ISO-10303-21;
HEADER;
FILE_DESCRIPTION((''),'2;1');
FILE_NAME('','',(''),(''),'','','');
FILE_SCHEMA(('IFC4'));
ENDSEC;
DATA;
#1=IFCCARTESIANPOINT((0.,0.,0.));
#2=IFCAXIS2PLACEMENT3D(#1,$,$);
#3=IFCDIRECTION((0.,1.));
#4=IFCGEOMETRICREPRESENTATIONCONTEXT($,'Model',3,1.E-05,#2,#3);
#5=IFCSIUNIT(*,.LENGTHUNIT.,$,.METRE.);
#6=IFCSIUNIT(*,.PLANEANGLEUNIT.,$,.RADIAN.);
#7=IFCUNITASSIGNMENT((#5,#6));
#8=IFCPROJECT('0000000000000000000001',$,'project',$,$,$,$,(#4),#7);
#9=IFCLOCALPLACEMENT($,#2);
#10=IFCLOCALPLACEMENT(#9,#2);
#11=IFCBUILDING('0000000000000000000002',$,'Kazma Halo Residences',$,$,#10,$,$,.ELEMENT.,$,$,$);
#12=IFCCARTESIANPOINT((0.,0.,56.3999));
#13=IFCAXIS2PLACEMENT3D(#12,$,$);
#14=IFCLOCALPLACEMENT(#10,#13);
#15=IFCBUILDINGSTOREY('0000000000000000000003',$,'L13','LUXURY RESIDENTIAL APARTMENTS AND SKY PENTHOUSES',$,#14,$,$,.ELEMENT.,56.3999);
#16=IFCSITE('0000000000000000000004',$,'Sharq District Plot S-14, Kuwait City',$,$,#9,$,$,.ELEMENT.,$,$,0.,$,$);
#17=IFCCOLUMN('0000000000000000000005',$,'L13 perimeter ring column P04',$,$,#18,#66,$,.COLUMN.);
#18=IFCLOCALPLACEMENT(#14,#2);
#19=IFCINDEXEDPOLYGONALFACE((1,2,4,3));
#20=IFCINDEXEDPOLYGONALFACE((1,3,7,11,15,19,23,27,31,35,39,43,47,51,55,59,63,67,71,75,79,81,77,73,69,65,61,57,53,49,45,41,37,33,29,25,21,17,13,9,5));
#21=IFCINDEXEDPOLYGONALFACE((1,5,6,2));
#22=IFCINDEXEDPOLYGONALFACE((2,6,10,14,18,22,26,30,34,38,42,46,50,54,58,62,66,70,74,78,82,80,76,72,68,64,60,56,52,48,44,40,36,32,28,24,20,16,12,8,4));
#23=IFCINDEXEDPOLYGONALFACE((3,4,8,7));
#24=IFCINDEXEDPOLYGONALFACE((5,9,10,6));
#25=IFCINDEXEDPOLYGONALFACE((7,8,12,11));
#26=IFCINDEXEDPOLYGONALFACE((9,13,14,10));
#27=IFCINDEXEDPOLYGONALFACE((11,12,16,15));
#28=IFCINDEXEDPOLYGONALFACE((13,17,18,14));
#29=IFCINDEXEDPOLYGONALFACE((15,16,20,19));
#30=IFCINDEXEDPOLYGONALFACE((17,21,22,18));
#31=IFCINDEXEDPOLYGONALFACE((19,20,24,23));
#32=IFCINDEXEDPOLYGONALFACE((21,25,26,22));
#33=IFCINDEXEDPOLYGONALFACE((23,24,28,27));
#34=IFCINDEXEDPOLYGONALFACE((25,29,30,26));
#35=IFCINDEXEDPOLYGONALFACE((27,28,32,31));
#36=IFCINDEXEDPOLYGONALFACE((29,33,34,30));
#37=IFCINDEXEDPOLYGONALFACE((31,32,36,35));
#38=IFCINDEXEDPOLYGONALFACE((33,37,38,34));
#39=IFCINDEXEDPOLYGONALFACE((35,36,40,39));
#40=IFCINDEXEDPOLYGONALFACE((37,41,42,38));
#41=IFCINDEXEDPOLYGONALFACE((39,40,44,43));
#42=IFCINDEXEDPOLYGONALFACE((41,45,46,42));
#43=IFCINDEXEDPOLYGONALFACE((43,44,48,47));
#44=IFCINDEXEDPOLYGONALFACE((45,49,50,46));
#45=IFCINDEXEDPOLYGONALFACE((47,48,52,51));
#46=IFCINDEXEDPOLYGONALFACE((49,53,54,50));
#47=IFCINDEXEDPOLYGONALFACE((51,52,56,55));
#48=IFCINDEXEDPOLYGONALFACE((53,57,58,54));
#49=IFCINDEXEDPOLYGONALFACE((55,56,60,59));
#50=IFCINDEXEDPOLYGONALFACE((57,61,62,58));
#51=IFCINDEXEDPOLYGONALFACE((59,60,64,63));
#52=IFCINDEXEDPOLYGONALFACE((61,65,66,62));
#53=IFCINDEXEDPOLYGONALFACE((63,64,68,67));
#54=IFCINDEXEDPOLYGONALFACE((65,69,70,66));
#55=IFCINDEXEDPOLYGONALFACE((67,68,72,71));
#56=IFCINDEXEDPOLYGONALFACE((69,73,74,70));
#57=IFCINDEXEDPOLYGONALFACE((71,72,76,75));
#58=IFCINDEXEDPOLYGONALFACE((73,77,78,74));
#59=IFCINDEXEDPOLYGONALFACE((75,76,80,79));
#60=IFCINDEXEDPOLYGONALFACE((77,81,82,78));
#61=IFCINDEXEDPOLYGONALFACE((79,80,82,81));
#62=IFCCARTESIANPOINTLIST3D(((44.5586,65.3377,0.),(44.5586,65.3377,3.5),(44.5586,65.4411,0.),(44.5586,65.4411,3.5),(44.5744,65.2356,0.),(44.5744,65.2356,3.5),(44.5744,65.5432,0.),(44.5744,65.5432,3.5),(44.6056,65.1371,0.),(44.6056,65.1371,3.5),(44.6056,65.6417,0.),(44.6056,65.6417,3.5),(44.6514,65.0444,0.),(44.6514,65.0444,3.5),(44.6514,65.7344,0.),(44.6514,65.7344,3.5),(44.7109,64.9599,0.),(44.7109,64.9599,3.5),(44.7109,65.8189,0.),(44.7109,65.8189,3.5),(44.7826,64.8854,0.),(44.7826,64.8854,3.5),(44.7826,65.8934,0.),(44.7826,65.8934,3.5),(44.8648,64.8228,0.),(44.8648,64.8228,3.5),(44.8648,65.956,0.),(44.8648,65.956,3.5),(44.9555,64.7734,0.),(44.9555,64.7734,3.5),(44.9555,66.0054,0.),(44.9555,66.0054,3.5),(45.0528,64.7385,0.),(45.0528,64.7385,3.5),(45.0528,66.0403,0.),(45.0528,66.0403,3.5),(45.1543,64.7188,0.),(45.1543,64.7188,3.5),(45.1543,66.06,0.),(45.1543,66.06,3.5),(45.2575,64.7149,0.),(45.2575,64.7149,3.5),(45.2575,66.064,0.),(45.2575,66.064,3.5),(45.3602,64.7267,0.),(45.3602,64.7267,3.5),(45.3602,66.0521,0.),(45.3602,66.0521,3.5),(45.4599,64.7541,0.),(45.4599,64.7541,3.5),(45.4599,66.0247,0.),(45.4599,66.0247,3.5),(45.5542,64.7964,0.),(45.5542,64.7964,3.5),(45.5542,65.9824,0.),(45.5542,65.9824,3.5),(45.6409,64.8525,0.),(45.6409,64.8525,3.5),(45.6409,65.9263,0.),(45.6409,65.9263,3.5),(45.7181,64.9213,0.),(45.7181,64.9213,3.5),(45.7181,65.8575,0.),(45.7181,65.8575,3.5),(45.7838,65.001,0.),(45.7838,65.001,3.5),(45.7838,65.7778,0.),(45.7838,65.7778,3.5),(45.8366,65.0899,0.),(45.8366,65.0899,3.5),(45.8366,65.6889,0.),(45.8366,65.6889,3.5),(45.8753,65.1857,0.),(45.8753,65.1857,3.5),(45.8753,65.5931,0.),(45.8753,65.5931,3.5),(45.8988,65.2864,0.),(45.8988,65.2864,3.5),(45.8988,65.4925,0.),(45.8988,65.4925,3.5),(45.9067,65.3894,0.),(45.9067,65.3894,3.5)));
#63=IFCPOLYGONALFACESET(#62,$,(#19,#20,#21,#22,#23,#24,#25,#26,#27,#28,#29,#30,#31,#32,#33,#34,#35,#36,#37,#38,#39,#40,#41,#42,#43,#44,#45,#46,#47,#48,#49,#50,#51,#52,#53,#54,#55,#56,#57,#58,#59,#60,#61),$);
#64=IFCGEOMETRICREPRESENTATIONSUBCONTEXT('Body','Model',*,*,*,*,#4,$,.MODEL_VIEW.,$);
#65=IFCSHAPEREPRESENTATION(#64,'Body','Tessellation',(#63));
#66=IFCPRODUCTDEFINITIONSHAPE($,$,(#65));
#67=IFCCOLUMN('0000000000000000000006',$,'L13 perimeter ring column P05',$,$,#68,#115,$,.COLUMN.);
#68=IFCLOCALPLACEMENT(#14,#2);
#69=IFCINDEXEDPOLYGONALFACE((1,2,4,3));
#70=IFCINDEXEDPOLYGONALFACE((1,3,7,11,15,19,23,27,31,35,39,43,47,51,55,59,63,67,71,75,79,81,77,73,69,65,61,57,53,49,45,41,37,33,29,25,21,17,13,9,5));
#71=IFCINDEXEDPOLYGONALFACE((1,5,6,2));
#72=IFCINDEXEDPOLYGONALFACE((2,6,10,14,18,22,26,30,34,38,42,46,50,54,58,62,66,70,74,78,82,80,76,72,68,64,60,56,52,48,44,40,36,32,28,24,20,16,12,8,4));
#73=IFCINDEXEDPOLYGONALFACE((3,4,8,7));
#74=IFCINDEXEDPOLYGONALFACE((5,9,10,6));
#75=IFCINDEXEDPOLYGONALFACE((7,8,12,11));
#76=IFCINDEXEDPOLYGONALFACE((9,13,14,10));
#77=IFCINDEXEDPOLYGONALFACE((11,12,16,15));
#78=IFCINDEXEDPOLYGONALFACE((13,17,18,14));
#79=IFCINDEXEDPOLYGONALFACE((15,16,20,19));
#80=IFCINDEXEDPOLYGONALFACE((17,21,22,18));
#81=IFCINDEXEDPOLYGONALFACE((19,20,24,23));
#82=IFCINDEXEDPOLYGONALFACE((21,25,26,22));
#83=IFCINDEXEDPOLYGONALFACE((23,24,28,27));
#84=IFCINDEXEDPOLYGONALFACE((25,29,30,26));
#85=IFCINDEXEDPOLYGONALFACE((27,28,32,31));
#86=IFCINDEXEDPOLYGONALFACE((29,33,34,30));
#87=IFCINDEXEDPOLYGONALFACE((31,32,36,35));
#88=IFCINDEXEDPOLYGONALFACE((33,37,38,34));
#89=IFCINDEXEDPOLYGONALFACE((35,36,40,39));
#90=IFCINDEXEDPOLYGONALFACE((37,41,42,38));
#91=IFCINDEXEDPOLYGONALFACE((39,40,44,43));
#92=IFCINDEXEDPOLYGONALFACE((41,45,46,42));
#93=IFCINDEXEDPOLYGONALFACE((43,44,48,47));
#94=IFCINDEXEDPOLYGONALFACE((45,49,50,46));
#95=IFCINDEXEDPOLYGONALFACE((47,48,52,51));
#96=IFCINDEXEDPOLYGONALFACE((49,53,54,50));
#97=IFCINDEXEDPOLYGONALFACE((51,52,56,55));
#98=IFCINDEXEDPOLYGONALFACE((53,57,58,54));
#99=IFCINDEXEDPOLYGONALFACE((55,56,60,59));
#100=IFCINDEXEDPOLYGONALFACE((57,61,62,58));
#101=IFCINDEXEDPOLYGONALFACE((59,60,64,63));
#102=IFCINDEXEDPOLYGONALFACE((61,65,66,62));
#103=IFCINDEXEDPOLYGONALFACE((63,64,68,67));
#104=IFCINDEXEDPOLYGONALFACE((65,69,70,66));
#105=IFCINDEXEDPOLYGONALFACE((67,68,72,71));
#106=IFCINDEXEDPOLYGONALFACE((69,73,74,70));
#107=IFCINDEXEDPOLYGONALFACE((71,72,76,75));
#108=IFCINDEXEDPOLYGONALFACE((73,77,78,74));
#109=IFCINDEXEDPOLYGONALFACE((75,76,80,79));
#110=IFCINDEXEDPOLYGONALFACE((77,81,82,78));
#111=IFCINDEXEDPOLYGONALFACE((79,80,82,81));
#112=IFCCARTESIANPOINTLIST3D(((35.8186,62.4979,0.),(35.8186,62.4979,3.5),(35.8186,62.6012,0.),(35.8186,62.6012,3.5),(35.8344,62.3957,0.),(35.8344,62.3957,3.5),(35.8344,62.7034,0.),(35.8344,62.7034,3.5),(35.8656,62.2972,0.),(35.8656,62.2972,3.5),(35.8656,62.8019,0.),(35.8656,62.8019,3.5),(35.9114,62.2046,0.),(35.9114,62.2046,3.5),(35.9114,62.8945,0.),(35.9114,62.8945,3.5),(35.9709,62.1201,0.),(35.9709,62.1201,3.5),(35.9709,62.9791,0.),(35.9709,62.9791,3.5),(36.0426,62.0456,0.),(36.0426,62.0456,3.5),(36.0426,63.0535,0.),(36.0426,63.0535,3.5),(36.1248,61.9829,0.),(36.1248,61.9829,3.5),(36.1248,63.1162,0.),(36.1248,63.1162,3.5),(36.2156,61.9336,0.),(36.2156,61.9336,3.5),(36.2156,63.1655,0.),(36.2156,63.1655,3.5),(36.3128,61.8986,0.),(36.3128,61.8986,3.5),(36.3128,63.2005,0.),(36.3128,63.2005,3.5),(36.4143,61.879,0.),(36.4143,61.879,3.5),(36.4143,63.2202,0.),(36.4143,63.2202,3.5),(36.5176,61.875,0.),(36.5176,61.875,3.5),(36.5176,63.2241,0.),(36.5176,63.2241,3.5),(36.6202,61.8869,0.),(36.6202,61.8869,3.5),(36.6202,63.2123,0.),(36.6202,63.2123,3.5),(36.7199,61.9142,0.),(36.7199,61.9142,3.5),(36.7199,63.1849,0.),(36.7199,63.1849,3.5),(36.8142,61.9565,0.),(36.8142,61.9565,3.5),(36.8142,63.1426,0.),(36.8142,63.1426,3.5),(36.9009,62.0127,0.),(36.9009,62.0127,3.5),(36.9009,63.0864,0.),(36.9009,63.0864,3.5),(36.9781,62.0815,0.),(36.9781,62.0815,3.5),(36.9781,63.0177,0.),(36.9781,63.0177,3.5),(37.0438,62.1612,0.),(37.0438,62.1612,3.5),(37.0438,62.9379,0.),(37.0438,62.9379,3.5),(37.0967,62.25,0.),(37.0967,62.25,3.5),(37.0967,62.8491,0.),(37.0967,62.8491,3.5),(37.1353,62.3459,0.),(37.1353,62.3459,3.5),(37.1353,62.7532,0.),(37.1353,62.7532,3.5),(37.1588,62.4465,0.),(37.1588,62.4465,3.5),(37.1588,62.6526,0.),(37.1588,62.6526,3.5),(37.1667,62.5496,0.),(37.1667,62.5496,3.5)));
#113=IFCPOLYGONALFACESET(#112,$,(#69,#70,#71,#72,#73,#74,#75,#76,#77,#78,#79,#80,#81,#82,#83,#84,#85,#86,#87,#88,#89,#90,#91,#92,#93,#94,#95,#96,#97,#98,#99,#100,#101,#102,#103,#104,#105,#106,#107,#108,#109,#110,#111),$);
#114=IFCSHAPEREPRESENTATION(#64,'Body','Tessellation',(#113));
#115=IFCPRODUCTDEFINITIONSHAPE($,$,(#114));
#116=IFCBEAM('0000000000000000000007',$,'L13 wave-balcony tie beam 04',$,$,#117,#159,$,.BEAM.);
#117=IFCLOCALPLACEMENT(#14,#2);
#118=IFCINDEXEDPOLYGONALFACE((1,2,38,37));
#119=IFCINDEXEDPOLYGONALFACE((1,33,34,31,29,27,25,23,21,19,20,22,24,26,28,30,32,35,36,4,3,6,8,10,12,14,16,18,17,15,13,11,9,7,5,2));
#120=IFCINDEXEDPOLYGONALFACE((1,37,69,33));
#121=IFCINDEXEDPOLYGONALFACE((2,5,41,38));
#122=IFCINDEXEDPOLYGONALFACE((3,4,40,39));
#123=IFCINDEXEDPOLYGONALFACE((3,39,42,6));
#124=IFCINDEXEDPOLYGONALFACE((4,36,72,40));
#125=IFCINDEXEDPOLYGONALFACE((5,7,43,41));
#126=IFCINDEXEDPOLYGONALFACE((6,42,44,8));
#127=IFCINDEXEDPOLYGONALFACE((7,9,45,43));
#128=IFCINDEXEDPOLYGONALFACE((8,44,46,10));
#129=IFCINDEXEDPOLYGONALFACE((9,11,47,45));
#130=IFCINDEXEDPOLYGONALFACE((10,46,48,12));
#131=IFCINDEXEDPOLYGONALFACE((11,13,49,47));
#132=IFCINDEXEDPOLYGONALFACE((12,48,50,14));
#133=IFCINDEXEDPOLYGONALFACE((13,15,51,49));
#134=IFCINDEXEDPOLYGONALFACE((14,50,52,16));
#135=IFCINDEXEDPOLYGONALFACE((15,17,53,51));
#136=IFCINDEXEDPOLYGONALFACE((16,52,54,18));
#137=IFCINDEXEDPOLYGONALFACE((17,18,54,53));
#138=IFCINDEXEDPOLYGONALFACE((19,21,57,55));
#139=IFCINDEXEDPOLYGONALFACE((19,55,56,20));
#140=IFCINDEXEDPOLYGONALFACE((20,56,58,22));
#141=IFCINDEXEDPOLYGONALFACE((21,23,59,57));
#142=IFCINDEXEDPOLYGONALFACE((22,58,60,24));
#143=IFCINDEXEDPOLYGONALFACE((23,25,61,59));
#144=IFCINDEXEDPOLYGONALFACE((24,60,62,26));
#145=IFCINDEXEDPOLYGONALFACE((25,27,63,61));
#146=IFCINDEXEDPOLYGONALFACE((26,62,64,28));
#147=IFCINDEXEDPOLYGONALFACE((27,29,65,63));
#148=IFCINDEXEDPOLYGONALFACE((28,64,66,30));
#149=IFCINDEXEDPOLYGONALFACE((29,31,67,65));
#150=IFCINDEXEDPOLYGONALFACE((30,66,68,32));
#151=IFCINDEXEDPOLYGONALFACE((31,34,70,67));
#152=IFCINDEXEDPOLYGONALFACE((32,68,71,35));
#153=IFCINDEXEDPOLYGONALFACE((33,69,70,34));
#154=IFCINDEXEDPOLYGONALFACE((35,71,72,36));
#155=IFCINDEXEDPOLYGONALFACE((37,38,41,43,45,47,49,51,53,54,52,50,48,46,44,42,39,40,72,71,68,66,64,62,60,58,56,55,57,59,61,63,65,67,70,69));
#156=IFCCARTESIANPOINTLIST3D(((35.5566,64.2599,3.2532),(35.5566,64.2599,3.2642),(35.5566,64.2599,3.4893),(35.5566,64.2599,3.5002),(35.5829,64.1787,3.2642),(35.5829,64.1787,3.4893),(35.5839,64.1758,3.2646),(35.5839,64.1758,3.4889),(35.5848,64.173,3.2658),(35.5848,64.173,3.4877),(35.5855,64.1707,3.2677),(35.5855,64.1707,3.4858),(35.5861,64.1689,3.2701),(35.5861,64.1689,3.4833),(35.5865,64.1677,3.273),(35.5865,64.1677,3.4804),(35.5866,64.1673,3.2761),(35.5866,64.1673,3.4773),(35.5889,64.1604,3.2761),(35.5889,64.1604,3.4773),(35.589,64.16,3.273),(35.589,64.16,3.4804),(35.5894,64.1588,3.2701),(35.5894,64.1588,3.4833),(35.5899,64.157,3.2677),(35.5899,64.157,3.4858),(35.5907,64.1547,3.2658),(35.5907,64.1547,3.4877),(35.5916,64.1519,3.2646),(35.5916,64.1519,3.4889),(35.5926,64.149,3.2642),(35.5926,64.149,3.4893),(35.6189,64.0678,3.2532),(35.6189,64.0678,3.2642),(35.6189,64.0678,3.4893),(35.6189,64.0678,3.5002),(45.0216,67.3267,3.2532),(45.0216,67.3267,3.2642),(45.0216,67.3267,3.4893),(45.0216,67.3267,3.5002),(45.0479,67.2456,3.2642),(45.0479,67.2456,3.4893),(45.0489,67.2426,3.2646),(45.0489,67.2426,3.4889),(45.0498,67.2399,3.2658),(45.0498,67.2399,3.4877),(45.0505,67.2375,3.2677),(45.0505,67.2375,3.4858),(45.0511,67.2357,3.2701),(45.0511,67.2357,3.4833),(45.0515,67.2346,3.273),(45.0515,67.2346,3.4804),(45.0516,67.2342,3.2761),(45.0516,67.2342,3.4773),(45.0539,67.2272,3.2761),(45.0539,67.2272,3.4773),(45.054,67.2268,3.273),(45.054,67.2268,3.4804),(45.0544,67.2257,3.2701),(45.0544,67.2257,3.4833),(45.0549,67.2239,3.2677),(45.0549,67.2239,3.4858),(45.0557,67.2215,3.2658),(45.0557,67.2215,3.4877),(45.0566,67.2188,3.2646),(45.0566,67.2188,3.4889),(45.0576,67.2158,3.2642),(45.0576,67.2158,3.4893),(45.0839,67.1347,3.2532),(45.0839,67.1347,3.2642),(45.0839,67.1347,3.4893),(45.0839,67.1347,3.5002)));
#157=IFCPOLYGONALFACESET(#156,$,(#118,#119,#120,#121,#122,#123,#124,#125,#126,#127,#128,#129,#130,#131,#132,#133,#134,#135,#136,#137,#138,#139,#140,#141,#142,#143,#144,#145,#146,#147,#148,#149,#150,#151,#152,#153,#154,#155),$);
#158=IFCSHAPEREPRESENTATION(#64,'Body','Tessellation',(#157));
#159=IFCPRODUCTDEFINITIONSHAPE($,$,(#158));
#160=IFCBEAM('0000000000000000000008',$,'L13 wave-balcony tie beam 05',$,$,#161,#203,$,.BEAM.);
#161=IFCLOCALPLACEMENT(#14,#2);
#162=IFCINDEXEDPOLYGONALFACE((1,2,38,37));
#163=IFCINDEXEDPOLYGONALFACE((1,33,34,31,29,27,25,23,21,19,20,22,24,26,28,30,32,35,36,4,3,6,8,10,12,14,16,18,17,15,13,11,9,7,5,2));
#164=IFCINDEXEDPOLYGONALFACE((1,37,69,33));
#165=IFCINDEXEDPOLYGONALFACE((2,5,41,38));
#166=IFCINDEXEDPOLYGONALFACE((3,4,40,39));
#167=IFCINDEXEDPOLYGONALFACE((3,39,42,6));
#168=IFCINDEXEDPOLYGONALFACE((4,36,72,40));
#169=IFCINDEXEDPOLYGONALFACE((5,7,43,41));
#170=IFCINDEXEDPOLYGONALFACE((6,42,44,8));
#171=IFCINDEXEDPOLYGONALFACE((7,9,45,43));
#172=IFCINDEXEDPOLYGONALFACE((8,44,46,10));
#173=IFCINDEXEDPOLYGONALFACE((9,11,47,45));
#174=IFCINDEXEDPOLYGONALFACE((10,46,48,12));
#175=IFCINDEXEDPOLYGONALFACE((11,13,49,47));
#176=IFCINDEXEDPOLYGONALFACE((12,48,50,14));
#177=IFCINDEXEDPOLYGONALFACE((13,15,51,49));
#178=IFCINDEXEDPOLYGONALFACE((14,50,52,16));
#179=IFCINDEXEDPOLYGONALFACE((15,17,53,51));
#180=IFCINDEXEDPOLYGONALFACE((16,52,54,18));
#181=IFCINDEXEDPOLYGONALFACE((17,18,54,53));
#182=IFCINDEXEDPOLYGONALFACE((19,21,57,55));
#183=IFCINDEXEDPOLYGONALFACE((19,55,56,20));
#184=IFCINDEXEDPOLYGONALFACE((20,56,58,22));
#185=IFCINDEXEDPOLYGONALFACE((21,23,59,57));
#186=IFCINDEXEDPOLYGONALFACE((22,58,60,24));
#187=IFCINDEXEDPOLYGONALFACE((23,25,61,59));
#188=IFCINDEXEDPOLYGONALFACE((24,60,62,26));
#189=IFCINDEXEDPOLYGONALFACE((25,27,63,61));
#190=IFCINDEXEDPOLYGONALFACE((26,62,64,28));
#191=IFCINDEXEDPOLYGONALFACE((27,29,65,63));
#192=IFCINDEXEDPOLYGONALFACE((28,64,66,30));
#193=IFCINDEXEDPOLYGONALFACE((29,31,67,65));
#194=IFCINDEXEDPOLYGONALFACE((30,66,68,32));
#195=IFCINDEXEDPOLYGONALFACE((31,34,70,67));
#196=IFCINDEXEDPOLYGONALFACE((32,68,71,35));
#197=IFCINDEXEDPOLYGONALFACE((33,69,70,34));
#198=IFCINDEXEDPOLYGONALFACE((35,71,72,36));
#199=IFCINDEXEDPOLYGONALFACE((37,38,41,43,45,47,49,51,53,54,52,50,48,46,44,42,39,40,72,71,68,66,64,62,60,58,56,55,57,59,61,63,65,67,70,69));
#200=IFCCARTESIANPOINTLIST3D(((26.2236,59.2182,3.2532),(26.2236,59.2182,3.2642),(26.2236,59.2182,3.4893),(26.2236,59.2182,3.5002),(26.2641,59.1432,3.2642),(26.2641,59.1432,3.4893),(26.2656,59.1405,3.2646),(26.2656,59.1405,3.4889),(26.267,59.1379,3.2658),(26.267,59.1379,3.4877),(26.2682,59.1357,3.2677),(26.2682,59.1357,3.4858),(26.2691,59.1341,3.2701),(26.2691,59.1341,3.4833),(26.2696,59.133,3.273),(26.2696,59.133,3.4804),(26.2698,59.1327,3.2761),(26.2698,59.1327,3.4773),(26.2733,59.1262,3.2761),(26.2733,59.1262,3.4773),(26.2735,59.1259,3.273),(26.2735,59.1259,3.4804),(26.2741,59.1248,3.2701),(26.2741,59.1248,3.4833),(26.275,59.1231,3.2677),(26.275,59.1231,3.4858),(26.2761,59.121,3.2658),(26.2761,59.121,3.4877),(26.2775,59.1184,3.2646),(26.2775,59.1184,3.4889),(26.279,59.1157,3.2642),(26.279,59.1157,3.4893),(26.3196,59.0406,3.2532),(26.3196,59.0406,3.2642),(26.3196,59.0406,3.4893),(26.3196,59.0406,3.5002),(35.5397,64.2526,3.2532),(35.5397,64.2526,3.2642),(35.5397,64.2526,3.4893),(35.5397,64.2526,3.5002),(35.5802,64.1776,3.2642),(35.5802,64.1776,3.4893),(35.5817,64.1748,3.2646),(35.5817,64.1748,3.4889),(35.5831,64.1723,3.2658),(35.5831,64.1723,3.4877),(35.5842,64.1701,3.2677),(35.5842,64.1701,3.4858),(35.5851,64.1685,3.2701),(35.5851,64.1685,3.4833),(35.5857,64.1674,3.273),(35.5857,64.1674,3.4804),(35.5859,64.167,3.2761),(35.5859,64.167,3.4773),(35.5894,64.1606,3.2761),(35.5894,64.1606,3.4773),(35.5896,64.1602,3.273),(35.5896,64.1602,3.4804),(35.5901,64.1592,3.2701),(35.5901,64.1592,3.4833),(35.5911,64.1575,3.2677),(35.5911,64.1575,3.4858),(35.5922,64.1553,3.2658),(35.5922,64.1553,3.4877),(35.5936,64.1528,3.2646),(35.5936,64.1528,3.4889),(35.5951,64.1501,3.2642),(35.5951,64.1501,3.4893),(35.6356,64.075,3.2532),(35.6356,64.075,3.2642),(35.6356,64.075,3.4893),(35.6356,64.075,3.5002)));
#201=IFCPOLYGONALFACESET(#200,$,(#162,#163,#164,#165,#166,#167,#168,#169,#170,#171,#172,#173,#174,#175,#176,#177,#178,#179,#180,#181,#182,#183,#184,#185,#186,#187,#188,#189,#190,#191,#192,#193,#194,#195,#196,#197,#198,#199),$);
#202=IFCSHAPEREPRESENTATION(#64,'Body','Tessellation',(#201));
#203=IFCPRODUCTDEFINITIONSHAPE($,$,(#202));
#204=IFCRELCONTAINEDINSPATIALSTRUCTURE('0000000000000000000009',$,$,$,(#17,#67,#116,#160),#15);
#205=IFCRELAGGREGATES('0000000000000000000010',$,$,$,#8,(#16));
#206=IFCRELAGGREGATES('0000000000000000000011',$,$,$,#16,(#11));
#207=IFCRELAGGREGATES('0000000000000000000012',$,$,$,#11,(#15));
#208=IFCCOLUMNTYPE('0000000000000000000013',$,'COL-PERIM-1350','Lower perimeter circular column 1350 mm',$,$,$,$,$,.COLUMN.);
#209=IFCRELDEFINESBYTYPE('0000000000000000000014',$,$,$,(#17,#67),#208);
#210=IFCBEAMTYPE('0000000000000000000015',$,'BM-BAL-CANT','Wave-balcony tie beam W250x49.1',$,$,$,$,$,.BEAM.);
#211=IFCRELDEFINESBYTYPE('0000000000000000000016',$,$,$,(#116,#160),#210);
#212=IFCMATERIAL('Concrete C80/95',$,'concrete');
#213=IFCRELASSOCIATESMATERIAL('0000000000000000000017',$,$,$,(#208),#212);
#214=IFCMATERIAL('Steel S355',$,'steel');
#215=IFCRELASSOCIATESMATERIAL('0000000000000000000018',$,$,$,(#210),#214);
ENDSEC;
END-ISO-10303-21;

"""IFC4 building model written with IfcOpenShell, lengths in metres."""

from ifc_helpers import new_model, si_unit, direction, frame, origin, origin_2d, place, context, subcontext, project, spatial, circle, i_section, extrude, material, material_profile, profile_set, type_object, element, save


model = new_model("IFC4")

# Units and contexts
model_context = context("Model", 3, precision=1e-05, world=origin(), true_north=direction((0.0, 1.0)))
body_context = subcontext(model_context, "Body", "Model", "MODEL_VIEW")
ifc_project = project(units=[si_unit("LENGTHUNIT", "METRE"), si_unit("PLANEANGLEUNIT", "RADIAN")], contexts=[model_context])

# Site, building, storey
site_placement = place(None, origin())
site = spatial("IfcSite", under=ifc_project, at=site_placement, Name="Sharq District Plot S-14, Kuwait City", CompositionType="ELEMENT", RefElevation=0.0)
building_placement = place(site_placement, origin())
building = spatial("IfcBuilding", under=site, at=building_placement, Name="Kazma Halo Residences", CompositionType="ELEMENT")
storey_placement = place(building_placement, frame((0.0, 0.0, 56.3999)))
storey = spatial("IfcBuildingStorey", under=building, at=storey_placement, Name="L13", Description="LUXURY RESIDENTIAL APARTMENTS AND SKY PENTHOUSES", CompositionType="ELEMENT", Elevation=56.3999)

# Columns
ifc_material_1 = material(Name="Concrete C80/95", Category="concrete")
ifc_material_profile_1 = material_profile(ifc_material_1, circle(Radius=0.675, at=origin_2d()), Name="CIRC1350")
ifc_profile_set_1 = profile_set([ifc_material_profile_1], Name="Concrete C80/95")
column_type = type_object("IfcColumnType", Name="COL-PERIM-1350", Description="Lower perimeter circular column 1350 mm", PredefinedType="COLUMN", material=ifc_profile_set_1)
for number, where, z_axis, x_axis, name in (
    (1, (45.2317, 65.3894, 0.0), (0.0, 0.0, 1.0), (1.0, 0.0, 0.0), "L13 perimeter ring column P04"),
    (2, (36.4917, 62.5496, 0.0), (0.0, 0.0, 1.0), (1.0, 0.0, 0.0), "L13 perimeter ring column P05"),
):
    element("IfcColumn", number, at=place(storey_placement, frame(where, z_axis=z_axis, x_axis=x_axis)), inside=storey, type_object=column_type, Name=name, PredefinedType="COLUMN", context=body_context, shape_type="SweptSolid", body=[
        extrude(circle(Radius=0.675, at=origin_2d()), origin(), (0.0, 0.0, 1.0), 3.5),
    ])

# Beams
ifc_material_2 = material(Name="Steel S355", Category="steel")
ifc_material_profile_2 = material_profile(ifc_material_2, i_section(OverallWidth=0.2019, OverallDepth=0.2471, WebThickness=0.0073, FlangeThickness=0.011, FilletRadius=0.012, at=origin_2d()), Name="W250x49.1")
ifc_profile_set_2 = profile_set([ifc_material_profile_2], Name="Steel S355")
beam_type_1 = type_object("IfcBeamType", Name="BM-BAL-CANT", Description="Wave-balcony tie beam W250x49.1", PredefinedType="BEAM", material=ifc_profile_set_2)
beam_1_placement = place(storey_placement, frame((45.0527, 67.2307, 3.3767), z_axis=(-0.951307, -0.308244, 0.0), x_axis=(0.308244, -0.951307, 0.0)))
element("IfcBeam", 3, at=beam_1_placement, inside=storey, type_object=beam_type_1, Name="L13 wave-balcony tie beam 04", PredefinedType="BEAM", context=body_context, shape_type="SweptSolid", body=[
    extrude(i_section(OverallWidth=0.2019, OverallDepth=0.2471, WebThickness=0.0073, FlangeThickness=0.011, FilletRadius=0.012, at=origin_2d()), origin(), (0.0, 0.0, 1.0), 9.9495),
])
beam_2_placement = place(storey_placement, frame((35.5876, 64.1638, 3.3767), z_axis=(-0.879759, -0.475419, 0.0), x_axis=(0.475419, -0.879759, 0.0)))
element("IfcBeam", 4, at=beam_2_placement, inside=storey, type_object=beam_type_1, Name="L13 wave-balcony tie beam 05", PredefinedType="BEAM", context=body_context, shape_type="SweptSolid", body=[
    extrude(i_section(OverallWidth=0.2019, OverallDepth=0.2471, WebThickness=0.0073, FlangeThickness=0.011, FilletRadius=0.012, at=origin_2d()), origin(), (0.0, 0.0, 1.0), 10.5894),
])

save(model, "model.ifc")
